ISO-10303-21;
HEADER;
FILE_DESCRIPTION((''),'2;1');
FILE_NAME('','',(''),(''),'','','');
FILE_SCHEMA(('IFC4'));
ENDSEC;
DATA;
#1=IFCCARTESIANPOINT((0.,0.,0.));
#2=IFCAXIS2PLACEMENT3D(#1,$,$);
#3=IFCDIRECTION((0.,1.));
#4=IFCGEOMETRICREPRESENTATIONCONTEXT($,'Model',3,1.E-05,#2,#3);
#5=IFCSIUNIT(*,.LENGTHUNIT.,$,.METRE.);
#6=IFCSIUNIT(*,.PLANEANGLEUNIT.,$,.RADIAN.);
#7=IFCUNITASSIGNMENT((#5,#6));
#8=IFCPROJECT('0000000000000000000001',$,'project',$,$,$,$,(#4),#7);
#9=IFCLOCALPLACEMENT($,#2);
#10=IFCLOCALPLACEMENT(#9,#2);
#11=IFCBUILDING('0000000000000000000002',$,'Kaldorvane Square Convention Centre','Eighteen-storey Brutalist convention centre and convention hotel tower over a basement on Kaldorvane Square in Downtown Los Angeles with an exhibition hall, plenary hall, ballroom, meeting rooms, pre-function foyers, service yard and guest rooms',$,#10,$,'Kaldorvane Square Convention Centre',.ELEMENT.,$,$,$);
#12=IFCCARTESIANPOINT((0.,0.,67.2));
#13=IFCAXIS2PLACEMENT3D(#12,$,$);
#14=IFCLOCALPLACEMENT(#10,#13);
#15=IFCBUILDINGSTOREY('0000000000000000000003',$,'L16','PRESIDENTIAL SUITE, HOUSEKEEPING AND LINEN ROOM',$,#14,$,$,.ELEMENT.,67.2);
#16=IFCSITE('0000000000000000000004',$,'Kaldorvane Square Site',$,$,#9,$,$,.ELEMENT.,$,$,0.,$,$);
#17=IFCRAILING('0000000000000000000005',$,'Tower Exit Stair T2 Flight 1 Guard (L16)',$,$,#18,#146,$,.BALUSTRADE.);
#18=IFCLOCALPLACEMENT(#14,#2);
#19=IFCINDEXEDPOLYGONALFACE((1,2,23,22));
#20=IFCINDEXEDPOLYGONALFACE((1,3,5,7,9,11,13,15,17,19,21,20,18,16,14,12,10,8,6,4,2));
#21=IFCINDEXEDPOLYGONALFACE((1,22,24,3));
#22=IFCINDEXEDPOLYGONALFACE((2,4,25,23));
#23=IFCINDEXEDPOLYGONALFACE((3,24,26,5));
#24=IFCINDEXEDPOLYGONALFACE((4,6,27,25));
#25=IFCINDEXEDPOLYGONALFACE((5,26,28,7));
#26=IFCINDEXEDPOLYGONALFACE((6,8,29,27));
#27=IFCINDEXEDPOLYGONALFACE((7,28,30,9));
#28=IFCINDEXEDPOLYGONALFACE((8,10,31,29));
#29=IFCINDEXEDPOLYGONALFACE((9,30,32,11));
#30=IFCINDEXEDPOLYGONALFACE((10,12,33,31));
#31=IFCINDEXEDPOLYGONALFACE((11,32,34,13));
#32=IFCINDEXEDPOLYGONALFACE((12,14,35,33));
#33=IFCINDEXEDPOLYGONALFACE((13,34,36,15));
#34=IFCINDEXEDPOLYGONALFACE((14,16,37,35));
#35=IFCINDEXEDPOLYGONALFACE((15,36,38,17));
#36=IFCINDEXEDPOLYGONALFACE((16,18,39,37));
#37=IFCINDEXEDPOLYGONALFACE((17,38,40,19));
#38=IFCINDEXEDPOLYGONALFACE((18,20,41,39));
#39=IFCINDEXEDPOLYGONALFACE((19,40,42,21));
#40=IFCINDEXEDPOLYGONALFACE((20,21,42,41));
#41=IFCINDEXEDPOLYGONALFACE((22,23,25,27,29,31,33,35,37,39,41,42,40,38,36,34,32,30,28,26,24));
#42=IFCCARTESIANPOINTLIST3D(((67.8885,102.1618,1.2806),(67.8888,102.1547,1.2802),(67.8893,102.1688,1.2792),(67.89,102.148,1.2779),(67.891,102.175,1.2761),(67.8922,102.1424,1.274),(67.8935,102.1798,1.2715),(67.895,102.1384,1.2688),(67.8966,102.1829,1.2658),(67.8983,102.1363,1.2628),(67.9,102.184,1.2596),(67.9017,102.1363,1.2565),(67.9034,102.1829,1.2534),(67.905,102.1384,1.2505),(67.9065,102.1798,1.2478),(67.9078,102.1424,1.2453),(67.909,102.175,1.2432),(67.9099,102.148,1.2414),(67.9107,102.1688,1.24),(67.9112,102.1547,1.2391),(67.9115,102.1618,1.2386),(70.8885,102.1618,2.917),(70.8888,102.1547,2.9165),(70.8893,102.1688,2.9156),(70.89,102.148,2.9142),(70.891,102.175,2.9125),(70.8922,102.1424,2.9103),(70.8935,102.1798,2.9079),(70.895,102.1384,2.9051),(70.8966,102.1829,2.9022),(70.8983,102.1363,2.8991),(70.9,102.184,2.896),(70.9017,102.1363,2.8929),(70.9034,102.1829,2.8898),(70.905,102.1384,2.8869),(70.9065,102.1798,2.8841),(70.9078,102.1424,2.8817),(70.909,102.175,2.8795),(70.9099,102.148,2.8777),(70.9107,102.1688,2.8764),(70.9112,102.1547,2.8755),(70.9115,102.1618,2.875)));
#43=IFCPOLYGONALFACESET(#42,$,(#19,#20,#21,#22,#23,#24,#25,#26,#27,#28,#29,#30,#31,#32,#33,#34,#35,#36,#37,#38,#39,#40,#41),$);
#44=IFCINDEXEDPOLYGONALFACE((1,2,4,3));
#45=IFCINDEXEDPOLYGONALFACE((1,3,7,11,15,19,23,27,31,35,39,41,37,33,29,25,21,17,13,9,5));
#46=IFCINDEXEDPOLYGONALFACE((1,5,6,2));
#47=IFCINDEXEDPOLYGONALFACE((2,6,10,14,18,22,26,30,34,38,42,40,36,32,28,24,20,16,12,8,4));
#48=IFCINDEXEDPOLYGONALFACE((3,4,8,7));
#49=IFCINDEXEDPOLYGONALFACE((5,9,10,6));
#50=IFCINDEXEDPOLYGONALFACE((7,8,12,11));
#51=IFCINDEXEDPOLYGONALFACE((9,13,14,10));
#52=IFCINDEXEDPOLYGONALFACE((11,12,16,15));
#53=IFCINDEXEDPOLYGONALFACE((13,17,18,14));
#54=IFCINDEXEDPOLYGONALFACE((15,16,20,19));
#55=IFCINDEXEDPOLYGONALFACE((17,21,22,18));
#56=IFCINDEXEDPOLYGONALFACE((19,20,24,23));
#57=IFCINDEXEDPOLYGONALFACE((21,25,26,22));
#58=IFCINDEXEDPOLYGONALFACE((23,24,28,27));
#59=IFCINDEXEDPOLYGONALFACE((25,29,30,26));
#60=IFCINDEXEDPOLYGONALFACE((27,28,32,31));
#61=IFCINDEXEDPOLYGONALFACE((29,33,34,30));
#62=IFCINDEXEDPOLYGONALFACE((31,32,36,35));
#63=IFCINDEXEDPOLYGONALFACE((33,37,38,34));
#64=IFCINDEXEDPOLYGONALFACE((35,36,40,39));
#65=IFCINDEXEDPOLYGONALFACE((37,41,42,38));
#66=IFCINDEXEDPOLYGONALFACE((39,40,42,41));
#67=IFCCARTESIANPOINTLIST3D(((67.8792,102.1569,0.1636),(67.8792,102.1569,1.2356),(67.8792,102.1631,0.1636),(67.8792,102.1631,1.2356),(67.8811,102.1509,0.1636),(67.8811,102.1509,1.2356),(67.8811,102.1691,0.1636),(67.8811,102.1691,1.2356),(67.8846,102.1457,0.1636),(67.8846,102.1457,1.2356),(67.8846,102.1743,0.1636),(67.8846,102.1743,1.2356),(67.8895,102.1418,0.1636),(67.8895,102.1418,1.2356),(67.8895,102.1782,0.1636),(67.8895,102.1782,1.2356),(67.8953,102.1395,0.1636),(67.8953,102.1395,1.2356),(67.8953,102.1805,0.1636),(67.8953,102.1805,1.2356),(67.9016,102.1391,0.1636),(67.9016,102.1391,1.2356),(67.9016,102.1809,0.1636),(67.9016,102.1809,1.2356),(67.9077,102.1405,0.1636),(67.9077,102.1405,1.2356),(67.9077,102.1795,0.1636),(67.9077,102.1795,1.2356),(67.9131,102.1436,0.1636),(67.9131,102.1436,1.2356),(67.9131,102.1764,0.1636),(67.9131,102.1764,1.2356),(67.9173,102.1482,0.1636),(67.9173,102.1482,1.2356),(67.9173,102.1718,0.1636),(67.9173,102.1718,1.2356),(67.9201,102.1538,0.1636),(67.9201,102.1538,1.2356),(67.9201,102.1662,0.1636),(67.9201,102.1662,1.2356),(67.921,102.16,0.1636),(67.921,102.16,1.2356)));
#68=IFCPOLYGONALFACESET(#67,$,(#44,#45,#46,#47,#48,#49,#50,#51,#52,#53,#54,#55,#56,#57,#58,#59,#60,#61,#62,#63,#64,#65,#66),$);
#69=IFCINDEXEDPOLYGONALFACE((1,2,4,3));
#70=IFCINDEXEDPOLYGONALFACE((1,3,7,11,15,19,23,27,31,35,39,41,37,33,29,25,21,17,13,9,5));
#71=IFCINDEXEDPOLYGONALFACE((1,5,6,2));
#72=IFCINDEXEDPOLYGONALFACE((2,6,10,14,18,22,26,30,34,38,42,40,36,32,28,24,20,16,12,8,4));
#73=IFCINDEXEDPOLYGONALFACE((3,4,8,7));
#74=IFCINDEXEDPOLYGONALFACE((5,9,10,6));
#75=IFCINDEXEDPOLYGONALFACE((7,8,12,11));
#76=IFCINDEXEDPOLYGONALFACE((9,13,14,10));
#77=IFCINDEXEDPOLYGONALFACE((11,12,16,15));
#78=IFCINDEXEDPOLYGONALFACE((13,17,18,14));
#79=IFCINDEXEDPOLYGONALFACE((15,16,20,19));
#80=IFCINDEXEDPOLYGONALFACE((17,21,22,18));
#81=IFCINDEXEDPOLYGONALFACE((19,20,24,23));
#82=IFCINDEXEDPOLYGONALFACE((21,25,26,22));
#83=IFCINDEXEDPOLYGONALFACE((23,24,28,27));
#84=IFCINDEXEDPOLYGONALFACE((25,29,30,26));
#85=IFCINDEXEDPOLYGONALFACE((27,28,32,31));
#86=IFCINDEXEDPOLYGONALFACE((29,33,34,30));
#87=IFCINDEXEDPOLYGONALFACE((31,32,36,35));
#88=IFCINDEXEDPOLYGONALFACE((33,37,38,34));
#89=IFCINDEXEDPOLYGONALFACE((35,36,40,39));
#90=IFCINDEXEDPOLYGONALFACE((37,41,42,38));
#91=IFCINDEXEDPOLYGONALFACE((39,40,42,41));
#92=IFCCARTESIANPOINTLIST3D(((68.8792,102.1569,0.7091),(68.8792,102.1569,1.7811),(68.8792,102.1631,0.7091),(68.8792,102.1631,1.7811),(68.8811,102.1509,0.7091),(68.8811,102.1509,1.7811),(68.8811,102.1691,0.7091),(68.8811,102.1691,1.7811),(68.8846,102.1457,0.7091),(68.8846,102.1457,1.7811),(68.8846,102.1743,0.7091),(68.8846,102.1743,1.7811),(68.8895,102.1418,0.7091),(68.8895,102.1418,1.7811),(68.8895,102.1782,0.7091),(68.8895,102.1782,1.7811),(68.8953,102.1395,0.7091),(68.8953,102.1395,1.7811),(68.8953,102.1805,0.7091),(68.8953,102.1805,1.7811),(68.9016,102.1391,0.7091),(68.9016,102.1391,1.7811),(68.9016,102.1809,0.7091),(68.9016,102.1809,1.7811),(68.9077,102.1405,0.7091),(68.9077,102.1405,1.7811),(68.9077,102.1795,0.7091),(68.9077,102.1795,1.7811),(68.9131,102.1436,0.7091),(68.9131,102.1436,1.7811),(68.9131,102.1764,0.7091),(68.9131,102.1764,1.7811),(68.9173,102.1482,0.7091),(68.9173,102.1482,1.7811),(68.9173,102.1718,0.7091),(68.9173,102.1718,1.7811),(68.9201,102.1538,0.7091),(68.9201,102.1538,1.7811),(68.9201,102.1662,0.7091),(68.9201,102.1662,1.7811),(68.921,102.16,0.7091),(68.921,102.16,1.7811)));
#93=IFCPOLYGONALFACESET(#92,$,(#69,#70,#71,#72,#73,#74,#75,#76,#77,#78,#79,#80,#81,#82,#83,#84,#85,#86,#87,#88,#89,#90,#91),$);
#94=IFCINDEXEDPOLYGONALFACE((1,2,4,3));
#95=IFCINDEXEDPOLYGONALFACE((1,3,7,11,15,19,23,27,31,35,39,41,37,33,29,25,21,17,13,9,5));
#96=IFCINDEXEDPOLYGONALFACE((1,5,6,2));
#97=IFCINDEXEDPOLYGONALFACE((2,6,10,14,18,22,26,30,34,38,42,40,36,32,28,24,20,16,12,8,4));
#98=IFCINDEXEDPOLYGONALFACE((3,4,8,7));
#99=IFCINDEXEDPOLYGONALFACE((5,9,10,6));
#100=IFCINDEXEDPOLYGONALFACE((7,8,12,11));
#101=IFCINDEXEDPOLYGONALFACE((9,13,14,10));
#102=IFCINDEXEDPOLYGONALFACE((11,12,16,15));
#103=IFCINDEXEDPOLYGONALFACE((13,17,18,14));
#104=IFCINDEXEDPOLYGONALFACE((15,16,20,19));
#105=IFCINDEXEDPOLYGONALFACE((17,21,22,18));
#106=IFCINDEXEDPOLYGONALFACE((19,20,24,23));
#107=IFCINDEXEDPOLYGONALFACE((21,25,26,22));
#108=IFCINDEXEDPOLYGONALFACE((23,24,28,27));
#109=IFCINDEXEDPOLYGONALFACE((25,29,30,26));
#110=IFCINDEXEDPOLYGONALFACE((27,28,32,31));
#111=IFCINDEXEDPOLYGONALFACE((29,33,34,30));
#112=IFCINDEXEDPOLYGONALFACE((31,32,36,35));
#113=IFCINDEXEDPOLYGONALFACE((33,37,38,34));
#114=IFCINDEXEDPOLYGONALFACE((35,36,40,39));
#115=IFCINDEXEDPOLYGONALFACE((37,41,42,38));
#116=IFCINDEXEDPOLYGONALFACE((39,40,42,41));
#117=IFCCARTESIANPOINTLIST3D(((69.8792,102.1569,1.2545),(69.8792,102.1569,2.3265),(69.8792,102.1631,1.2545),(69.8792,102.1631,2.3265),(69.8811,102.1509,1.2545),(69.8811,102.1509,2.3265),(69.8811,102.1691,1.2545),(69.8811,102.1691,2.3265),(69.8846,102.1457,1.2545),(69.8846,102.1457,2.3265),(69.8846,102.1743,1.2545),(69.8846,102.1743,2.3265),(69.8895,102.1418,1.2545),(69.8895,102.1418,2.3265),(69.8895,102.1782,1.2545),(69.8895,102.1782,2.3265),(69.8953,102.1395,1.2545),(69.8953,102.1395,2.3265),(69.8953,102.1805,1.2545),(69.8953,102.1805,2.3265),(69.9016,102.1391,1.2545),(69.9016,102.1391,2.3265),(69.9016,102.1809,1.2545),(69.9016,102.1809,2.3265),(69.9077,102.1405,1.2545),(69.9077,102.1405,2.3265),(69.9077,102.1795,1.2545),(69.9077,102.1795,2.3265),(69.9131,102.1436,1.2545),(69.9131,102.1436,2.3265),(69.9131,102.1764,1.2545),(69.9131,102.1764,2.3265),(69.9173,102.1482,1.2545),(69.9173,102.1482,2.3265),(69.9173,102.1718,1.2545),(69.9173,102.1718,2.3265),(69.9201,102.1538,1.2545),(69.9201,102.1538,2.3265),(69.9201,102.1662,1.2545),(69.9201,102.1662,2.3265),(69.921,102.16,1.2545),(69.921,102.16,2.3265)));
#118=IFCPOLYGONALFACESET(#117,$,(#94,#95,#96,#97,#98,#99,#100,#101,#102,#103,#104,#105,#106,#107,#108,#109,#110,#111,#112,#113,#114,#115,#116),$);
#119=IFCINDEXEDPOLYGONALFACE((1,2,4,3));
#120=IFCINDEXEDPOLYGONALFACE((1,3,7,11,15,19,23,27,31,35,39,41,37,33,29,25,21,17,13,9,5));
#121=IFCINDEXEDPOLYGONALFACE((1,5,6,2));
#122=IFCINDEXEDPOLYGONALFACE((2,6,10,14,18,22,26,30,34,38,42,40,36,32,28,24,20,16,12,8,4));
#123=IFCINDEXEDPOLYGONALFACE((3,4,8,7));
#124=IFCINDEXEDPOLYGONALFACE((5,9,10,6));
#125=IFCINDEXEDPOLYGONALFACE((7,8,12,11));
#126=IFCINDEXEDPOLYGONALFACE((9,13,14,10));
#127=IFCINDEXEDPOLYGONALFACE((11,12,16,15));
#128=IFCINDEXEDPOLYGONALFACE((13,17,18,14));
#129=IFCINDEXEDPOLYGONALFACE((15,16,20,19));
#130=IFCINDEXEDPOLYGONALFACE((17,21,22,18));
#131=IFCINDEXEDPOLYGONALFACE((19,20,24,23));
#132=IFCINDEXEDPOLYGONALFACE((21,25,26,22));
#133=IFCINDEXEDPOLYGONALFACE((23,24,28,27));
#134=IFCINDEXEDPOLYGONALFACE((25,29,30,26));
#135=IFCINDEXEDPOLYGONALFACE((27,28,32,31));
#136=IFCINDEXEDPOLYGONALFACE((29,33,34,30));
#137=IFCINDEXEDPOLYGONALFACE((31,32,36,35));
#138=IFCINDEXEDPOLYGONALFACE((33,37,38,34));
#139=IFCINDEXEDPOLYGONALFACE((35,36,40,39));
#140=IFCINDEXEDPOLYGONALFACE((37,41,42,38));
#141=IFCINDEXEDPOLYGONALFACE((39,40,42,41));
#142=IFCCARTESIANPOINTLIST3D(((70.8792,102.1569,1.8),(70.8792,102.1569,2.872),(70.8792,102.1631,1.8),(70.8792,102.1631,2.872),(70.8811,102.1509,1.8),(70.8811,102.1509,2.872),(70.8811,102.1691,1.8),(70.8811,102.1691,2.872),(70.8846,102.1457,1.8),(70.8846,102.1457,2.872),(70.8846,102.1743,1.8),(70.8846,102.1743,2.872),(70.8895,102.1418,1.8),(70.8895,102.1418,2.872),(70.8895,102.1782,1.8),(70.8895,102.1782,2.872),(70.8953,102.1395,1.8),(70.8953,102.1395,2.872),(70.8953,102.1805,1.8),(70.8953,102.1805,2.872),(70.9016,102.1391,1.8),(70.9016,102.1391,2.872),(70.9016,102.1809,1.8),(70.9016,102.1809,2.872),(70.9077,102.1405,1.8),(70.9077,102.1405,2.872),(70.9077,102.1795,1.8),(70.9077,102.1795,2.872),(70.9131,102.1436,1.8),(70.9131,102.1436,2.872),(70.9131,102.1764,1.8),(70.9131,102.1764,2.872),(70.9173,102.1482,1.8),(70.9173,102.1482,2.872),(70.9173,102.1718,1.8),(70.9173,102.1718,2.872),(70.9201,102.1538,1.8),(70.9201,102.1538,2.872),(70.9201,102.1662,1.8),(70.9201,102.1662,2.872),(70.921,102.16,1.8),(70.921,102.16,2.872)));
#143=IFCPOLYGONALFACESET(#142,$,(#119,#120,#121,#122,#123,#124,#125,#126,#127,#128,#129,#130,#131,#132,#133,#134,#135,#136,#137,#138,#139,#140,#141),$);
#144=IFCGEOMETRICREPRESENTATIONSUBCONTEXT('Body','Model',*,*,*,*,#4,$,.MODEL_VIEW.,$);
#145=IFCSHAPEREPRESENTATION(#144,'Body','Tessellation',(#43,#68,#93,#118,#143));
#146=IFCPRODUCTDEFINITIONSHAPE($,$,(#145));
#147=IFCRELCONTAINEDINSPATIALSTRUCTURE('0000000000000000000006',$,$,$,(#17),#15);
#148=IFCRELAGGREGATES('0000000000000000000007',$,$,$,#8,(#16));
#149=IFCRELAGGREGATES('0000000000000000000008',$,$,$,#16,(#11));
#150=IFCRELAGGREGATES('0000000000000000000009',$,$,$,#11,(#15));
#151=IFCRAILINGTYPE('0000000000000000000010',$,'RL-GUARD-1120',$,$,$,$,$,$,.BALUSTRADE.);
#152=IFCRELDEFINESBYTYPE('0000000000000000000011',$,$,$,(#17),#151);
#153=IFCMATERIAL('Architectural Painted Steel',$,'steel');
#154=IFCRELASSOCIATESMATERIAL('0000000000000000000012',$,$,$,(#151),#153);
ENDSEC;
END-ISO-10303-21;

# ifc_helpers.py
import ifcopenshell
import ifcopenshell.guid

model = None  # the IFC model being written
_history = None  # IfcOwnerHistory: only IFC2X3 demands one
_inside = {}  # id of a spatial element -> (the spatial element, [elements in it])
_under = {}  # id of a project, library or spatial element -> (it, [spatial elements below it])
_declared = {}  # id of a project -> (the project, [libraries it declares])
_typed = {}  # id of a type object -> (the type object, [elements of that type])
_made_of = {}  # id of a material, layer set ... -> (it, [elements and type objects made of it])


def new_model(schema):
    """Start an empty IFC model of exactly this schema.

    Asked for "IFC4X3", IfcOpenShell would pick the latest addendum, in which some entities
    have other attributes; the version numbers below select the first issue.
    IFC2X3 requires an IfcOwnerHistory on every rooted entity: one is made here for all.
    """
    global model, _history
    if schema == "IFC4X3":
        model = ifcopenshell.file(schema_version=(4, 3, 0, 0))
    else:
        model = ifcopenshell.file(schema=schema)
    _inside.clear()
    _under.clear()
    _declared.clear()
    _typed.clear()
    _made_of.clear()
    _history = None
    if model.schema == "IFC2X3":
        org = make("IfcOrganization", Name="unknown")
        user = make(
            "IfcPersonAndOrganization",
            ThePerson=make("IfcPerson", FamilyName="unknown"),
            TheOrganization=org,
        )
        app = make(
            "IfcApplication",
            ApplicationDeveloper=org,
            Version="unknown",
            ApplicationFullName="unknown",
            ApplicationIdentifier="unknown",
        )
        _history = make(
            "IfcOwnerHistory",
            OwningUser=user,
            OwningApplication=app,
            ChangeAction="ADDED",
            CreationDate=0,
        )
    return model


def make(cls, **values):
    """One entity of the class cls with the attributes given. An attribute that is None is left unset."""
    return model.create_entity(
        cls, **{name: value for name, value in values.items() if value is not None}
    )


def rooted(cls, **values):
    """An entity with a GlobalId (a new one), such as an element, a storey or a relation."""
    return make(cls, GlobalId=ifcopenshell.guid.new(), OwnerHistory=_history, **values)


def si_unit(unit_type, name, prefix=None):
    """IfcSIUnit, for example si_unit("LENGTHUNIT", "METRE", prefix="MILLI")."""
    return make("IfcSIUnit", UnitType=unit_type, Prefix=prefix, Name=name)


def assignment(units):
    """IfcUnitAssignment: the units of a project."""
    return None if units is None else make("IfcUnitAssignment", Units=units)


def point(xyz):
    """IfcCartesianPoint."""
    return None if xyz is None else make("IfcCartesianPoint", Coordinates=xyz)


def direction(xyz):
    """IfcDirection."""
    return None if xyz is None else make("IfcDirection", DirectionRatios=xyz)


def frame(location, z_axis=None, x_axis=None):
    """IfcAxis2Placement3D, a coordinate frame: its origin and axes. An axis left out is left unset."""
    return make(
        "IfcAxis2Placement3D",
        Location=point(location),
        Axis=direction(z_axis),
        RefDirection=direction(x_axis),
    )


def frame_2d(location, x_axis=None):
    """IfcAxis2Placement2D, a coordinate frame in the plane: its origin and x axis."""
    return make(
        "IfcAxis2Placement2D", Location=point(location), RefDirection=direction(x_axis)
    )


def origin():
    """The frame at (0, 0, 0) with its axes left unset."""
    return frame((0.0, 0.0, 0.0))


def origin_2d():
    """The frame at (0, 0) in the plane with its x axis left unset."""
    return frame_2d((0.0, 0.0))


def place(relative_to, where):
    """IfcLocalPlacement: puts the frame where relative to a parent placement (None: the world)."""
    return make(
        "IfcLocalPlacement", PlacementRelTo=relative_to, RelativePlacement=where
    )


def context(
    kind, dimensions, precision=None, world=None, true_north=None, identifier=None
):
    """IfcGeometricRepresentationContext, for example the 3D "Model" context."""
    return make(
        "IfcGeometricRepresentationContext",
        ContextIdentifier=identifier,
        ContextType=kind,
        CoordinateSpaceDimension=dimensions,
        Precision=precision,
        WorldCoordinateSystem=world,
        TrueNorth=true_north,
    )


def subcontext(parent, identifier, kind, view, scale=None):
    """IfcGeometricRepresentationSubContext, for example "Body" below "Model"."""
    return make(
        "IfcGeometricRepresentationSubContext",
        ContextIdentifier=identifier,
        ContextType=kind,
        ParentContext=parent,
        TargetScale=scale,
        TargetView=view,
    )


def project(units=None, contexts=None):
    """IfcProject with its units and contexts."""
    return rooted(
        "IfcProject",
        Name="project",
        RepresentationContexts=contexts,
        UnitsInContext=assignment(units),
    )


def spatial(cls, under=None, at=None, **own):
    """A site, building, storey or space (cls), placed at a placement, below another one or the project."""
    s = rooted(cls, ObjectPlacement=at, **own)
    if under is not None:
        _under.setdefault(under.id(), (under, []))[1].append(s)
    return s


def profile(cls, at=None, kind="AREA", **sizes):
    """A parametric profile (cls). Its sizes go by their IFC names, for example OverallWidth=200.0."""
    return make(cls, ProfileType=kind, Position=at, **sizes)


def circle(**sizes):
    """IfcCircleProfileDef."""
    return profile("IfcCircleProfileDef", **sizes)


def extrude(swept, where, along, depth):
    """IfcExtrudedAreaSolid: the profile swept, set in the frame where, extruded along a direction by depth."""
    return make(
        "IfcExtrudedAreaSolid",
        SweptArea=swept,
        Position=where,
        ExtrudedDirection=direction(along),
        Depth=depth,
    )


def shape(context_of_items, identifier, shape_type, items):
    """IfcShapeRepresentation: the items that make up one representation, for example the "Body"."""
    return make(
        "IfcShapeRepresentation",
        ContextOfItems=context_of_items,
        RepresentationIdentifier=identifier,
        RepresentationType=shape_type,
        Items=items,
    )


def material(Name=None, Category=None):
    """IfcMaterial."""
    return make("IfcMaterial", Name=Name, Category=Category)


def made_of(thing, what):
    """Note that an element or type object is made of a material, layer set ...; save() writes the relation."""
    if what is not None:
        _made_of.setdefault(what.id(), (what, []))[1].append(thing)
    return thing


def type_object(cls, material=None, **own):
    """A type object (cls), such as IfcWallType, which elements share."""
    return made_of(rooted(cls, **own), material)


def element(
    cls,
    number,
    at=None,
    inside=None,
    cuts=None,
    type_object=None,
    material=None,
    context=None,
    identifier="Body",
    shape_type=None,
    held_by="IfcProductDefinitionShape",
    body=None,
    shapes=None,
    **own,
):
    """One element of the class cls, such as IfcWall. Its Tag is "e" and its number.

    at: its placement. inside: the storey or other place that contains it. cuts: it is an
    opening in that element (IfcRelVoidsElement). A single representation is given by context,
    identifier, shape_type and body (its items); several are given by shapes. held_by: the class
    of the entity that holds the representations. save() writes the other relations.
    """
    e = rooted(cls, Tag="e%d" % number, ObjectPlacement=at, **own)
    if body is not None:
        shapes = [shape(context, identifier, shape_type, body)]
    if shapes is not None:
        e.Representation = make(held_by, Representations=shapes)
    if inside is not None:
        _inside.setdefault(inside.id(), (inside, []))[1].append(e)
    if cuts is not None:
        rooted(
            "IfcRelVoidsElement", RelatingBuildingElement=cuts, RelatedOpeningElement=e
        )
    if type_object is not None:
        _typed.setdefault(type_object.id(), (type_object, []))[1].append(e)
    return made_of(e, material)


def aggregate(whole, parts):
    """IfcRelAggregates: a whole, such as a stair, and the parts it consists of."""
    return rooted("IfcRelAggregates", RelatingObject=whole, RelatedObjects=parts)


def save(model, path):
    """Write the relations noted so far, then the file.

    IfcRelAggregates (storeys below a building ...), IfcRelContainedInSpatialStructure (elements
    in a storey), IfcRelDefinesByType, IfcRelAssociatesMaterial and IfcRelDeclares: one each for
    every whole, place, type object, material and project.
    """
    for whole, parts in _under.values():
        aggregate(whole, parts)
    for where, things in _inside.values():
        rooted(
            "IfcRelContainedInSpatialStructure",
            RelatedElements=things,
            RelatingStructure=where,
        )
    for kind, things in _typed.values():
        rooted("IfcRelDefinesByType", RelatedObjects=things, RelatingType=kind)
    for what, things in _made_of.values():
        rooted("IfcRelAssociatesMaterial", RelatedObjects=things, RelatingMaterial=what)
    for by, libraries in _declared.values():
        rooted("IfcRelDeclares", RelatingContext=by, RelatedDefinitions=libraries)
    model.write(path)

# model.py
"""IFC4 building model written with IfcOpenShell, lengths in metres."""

from ifc_helpers import new_model, si_unit, direction, frame, origin, origin_2d, place, context, subcontext, project, spatial, circle, extrude, material, type_object, element, save


model = new_model("IFC4")

# Units and contexts
model_context = context("Model", 3, precision=1e-05, world=origin(), true_north=direction((0.0, 1.0)))
body_context = subcontext(model_context, "Body", "Model", "MODEL_VIEW")
ifc_project = project(units=[si_unit("LENGTHUNIT", "METRE"), si_unit("PLANEANGLEUNIT", "RADIAN")], contexts=[model_context])

# Site, building, storey
site_placement = place(None, origin())
site = spatial("IfcSite", under=ifc_project, at=site_placement, Name="Kaldorvane Square Site", CompositionType="ELEMENT", RefElevation=0.0)
building_placement = place(site_placement, origin())
building = spatial("IfcBuilding", under=site, at=building_placement, Name="Kaldorvane Square Convention Centre", Description="Eighteen-storey Brutalist convention centre and convention hotel tower over a basement on Kaldorvane Square in Downtown Los Angeles with an exhibition hall, plenary hall, ballroom, meeting rooms, pre-function foyers, service yard and guest rooms", LongName="Kaldorvane Square Convention Centre", CompositionType="ELEMENT")
storey_placement = place(building_placement, frame((0.0, 0.0, 67.2)))
storey = spatial("IfcBuildingStorey", under=building, at=storey_placement, Name="L16", Description="PRESIDENTIAL SUITE, HOUSEKEEPING AND LINEN ROOM", CompositionType="ELEMENT", Elevation=67.2)

# Railing
ifc_material_1 = material(Name="Architectural Painted Steel", Category="steel")
railing_type = type_object("IfcRailingType", Name="RL-GUARD-1120", PredefinedType="BALUSTRADE", material=ifc_material_1)
railing_1_placement = place(storey_placement, frame((67.9, 102.16, 0.1636)))
element("IfcRailing", 1, at=railing_1_placement, inside=storey, type_object=railing_type, Name="Tower Exit Stair T2 Flight 1 Guard (L16)", PredefinedType="BALUSTRADE", context=body_context, shape_type="SweptSolid", body=[
    extrude(circle(Radius=0.024, at=origin_2d()), frame((0.0, 0.0, 1.096), z_axis=(0.877895, 0.0, 0.478853), x_axis=(0.0, 1.0, 0.0)), (0.0, 0.0, 1.0), 3.4173),
    extrude(circle(Radius=0.021, at=origin_2d()), origin(), (0.0, 0.0, 1.0), 1.072),
    extrude(circle(Radius=0.021, at=origin_2d()), frame((1.0, 0.0, 0.5455)), (0.0, 0.0, 1.0), 1.072),
    extrude(circle(Radius=0.021, at=origin_2d()), frame((2.0, 0.0, 1.0909)), (0.0, 0.0, 1.0), 1.072),
    extrude(circle(Radius=0.021, at=origin_2d()), frame((3.0, 0.0, 1.6364)), (0.0, 0.0, 1.0), 1.072),
])

save(model, "model.ifc")
